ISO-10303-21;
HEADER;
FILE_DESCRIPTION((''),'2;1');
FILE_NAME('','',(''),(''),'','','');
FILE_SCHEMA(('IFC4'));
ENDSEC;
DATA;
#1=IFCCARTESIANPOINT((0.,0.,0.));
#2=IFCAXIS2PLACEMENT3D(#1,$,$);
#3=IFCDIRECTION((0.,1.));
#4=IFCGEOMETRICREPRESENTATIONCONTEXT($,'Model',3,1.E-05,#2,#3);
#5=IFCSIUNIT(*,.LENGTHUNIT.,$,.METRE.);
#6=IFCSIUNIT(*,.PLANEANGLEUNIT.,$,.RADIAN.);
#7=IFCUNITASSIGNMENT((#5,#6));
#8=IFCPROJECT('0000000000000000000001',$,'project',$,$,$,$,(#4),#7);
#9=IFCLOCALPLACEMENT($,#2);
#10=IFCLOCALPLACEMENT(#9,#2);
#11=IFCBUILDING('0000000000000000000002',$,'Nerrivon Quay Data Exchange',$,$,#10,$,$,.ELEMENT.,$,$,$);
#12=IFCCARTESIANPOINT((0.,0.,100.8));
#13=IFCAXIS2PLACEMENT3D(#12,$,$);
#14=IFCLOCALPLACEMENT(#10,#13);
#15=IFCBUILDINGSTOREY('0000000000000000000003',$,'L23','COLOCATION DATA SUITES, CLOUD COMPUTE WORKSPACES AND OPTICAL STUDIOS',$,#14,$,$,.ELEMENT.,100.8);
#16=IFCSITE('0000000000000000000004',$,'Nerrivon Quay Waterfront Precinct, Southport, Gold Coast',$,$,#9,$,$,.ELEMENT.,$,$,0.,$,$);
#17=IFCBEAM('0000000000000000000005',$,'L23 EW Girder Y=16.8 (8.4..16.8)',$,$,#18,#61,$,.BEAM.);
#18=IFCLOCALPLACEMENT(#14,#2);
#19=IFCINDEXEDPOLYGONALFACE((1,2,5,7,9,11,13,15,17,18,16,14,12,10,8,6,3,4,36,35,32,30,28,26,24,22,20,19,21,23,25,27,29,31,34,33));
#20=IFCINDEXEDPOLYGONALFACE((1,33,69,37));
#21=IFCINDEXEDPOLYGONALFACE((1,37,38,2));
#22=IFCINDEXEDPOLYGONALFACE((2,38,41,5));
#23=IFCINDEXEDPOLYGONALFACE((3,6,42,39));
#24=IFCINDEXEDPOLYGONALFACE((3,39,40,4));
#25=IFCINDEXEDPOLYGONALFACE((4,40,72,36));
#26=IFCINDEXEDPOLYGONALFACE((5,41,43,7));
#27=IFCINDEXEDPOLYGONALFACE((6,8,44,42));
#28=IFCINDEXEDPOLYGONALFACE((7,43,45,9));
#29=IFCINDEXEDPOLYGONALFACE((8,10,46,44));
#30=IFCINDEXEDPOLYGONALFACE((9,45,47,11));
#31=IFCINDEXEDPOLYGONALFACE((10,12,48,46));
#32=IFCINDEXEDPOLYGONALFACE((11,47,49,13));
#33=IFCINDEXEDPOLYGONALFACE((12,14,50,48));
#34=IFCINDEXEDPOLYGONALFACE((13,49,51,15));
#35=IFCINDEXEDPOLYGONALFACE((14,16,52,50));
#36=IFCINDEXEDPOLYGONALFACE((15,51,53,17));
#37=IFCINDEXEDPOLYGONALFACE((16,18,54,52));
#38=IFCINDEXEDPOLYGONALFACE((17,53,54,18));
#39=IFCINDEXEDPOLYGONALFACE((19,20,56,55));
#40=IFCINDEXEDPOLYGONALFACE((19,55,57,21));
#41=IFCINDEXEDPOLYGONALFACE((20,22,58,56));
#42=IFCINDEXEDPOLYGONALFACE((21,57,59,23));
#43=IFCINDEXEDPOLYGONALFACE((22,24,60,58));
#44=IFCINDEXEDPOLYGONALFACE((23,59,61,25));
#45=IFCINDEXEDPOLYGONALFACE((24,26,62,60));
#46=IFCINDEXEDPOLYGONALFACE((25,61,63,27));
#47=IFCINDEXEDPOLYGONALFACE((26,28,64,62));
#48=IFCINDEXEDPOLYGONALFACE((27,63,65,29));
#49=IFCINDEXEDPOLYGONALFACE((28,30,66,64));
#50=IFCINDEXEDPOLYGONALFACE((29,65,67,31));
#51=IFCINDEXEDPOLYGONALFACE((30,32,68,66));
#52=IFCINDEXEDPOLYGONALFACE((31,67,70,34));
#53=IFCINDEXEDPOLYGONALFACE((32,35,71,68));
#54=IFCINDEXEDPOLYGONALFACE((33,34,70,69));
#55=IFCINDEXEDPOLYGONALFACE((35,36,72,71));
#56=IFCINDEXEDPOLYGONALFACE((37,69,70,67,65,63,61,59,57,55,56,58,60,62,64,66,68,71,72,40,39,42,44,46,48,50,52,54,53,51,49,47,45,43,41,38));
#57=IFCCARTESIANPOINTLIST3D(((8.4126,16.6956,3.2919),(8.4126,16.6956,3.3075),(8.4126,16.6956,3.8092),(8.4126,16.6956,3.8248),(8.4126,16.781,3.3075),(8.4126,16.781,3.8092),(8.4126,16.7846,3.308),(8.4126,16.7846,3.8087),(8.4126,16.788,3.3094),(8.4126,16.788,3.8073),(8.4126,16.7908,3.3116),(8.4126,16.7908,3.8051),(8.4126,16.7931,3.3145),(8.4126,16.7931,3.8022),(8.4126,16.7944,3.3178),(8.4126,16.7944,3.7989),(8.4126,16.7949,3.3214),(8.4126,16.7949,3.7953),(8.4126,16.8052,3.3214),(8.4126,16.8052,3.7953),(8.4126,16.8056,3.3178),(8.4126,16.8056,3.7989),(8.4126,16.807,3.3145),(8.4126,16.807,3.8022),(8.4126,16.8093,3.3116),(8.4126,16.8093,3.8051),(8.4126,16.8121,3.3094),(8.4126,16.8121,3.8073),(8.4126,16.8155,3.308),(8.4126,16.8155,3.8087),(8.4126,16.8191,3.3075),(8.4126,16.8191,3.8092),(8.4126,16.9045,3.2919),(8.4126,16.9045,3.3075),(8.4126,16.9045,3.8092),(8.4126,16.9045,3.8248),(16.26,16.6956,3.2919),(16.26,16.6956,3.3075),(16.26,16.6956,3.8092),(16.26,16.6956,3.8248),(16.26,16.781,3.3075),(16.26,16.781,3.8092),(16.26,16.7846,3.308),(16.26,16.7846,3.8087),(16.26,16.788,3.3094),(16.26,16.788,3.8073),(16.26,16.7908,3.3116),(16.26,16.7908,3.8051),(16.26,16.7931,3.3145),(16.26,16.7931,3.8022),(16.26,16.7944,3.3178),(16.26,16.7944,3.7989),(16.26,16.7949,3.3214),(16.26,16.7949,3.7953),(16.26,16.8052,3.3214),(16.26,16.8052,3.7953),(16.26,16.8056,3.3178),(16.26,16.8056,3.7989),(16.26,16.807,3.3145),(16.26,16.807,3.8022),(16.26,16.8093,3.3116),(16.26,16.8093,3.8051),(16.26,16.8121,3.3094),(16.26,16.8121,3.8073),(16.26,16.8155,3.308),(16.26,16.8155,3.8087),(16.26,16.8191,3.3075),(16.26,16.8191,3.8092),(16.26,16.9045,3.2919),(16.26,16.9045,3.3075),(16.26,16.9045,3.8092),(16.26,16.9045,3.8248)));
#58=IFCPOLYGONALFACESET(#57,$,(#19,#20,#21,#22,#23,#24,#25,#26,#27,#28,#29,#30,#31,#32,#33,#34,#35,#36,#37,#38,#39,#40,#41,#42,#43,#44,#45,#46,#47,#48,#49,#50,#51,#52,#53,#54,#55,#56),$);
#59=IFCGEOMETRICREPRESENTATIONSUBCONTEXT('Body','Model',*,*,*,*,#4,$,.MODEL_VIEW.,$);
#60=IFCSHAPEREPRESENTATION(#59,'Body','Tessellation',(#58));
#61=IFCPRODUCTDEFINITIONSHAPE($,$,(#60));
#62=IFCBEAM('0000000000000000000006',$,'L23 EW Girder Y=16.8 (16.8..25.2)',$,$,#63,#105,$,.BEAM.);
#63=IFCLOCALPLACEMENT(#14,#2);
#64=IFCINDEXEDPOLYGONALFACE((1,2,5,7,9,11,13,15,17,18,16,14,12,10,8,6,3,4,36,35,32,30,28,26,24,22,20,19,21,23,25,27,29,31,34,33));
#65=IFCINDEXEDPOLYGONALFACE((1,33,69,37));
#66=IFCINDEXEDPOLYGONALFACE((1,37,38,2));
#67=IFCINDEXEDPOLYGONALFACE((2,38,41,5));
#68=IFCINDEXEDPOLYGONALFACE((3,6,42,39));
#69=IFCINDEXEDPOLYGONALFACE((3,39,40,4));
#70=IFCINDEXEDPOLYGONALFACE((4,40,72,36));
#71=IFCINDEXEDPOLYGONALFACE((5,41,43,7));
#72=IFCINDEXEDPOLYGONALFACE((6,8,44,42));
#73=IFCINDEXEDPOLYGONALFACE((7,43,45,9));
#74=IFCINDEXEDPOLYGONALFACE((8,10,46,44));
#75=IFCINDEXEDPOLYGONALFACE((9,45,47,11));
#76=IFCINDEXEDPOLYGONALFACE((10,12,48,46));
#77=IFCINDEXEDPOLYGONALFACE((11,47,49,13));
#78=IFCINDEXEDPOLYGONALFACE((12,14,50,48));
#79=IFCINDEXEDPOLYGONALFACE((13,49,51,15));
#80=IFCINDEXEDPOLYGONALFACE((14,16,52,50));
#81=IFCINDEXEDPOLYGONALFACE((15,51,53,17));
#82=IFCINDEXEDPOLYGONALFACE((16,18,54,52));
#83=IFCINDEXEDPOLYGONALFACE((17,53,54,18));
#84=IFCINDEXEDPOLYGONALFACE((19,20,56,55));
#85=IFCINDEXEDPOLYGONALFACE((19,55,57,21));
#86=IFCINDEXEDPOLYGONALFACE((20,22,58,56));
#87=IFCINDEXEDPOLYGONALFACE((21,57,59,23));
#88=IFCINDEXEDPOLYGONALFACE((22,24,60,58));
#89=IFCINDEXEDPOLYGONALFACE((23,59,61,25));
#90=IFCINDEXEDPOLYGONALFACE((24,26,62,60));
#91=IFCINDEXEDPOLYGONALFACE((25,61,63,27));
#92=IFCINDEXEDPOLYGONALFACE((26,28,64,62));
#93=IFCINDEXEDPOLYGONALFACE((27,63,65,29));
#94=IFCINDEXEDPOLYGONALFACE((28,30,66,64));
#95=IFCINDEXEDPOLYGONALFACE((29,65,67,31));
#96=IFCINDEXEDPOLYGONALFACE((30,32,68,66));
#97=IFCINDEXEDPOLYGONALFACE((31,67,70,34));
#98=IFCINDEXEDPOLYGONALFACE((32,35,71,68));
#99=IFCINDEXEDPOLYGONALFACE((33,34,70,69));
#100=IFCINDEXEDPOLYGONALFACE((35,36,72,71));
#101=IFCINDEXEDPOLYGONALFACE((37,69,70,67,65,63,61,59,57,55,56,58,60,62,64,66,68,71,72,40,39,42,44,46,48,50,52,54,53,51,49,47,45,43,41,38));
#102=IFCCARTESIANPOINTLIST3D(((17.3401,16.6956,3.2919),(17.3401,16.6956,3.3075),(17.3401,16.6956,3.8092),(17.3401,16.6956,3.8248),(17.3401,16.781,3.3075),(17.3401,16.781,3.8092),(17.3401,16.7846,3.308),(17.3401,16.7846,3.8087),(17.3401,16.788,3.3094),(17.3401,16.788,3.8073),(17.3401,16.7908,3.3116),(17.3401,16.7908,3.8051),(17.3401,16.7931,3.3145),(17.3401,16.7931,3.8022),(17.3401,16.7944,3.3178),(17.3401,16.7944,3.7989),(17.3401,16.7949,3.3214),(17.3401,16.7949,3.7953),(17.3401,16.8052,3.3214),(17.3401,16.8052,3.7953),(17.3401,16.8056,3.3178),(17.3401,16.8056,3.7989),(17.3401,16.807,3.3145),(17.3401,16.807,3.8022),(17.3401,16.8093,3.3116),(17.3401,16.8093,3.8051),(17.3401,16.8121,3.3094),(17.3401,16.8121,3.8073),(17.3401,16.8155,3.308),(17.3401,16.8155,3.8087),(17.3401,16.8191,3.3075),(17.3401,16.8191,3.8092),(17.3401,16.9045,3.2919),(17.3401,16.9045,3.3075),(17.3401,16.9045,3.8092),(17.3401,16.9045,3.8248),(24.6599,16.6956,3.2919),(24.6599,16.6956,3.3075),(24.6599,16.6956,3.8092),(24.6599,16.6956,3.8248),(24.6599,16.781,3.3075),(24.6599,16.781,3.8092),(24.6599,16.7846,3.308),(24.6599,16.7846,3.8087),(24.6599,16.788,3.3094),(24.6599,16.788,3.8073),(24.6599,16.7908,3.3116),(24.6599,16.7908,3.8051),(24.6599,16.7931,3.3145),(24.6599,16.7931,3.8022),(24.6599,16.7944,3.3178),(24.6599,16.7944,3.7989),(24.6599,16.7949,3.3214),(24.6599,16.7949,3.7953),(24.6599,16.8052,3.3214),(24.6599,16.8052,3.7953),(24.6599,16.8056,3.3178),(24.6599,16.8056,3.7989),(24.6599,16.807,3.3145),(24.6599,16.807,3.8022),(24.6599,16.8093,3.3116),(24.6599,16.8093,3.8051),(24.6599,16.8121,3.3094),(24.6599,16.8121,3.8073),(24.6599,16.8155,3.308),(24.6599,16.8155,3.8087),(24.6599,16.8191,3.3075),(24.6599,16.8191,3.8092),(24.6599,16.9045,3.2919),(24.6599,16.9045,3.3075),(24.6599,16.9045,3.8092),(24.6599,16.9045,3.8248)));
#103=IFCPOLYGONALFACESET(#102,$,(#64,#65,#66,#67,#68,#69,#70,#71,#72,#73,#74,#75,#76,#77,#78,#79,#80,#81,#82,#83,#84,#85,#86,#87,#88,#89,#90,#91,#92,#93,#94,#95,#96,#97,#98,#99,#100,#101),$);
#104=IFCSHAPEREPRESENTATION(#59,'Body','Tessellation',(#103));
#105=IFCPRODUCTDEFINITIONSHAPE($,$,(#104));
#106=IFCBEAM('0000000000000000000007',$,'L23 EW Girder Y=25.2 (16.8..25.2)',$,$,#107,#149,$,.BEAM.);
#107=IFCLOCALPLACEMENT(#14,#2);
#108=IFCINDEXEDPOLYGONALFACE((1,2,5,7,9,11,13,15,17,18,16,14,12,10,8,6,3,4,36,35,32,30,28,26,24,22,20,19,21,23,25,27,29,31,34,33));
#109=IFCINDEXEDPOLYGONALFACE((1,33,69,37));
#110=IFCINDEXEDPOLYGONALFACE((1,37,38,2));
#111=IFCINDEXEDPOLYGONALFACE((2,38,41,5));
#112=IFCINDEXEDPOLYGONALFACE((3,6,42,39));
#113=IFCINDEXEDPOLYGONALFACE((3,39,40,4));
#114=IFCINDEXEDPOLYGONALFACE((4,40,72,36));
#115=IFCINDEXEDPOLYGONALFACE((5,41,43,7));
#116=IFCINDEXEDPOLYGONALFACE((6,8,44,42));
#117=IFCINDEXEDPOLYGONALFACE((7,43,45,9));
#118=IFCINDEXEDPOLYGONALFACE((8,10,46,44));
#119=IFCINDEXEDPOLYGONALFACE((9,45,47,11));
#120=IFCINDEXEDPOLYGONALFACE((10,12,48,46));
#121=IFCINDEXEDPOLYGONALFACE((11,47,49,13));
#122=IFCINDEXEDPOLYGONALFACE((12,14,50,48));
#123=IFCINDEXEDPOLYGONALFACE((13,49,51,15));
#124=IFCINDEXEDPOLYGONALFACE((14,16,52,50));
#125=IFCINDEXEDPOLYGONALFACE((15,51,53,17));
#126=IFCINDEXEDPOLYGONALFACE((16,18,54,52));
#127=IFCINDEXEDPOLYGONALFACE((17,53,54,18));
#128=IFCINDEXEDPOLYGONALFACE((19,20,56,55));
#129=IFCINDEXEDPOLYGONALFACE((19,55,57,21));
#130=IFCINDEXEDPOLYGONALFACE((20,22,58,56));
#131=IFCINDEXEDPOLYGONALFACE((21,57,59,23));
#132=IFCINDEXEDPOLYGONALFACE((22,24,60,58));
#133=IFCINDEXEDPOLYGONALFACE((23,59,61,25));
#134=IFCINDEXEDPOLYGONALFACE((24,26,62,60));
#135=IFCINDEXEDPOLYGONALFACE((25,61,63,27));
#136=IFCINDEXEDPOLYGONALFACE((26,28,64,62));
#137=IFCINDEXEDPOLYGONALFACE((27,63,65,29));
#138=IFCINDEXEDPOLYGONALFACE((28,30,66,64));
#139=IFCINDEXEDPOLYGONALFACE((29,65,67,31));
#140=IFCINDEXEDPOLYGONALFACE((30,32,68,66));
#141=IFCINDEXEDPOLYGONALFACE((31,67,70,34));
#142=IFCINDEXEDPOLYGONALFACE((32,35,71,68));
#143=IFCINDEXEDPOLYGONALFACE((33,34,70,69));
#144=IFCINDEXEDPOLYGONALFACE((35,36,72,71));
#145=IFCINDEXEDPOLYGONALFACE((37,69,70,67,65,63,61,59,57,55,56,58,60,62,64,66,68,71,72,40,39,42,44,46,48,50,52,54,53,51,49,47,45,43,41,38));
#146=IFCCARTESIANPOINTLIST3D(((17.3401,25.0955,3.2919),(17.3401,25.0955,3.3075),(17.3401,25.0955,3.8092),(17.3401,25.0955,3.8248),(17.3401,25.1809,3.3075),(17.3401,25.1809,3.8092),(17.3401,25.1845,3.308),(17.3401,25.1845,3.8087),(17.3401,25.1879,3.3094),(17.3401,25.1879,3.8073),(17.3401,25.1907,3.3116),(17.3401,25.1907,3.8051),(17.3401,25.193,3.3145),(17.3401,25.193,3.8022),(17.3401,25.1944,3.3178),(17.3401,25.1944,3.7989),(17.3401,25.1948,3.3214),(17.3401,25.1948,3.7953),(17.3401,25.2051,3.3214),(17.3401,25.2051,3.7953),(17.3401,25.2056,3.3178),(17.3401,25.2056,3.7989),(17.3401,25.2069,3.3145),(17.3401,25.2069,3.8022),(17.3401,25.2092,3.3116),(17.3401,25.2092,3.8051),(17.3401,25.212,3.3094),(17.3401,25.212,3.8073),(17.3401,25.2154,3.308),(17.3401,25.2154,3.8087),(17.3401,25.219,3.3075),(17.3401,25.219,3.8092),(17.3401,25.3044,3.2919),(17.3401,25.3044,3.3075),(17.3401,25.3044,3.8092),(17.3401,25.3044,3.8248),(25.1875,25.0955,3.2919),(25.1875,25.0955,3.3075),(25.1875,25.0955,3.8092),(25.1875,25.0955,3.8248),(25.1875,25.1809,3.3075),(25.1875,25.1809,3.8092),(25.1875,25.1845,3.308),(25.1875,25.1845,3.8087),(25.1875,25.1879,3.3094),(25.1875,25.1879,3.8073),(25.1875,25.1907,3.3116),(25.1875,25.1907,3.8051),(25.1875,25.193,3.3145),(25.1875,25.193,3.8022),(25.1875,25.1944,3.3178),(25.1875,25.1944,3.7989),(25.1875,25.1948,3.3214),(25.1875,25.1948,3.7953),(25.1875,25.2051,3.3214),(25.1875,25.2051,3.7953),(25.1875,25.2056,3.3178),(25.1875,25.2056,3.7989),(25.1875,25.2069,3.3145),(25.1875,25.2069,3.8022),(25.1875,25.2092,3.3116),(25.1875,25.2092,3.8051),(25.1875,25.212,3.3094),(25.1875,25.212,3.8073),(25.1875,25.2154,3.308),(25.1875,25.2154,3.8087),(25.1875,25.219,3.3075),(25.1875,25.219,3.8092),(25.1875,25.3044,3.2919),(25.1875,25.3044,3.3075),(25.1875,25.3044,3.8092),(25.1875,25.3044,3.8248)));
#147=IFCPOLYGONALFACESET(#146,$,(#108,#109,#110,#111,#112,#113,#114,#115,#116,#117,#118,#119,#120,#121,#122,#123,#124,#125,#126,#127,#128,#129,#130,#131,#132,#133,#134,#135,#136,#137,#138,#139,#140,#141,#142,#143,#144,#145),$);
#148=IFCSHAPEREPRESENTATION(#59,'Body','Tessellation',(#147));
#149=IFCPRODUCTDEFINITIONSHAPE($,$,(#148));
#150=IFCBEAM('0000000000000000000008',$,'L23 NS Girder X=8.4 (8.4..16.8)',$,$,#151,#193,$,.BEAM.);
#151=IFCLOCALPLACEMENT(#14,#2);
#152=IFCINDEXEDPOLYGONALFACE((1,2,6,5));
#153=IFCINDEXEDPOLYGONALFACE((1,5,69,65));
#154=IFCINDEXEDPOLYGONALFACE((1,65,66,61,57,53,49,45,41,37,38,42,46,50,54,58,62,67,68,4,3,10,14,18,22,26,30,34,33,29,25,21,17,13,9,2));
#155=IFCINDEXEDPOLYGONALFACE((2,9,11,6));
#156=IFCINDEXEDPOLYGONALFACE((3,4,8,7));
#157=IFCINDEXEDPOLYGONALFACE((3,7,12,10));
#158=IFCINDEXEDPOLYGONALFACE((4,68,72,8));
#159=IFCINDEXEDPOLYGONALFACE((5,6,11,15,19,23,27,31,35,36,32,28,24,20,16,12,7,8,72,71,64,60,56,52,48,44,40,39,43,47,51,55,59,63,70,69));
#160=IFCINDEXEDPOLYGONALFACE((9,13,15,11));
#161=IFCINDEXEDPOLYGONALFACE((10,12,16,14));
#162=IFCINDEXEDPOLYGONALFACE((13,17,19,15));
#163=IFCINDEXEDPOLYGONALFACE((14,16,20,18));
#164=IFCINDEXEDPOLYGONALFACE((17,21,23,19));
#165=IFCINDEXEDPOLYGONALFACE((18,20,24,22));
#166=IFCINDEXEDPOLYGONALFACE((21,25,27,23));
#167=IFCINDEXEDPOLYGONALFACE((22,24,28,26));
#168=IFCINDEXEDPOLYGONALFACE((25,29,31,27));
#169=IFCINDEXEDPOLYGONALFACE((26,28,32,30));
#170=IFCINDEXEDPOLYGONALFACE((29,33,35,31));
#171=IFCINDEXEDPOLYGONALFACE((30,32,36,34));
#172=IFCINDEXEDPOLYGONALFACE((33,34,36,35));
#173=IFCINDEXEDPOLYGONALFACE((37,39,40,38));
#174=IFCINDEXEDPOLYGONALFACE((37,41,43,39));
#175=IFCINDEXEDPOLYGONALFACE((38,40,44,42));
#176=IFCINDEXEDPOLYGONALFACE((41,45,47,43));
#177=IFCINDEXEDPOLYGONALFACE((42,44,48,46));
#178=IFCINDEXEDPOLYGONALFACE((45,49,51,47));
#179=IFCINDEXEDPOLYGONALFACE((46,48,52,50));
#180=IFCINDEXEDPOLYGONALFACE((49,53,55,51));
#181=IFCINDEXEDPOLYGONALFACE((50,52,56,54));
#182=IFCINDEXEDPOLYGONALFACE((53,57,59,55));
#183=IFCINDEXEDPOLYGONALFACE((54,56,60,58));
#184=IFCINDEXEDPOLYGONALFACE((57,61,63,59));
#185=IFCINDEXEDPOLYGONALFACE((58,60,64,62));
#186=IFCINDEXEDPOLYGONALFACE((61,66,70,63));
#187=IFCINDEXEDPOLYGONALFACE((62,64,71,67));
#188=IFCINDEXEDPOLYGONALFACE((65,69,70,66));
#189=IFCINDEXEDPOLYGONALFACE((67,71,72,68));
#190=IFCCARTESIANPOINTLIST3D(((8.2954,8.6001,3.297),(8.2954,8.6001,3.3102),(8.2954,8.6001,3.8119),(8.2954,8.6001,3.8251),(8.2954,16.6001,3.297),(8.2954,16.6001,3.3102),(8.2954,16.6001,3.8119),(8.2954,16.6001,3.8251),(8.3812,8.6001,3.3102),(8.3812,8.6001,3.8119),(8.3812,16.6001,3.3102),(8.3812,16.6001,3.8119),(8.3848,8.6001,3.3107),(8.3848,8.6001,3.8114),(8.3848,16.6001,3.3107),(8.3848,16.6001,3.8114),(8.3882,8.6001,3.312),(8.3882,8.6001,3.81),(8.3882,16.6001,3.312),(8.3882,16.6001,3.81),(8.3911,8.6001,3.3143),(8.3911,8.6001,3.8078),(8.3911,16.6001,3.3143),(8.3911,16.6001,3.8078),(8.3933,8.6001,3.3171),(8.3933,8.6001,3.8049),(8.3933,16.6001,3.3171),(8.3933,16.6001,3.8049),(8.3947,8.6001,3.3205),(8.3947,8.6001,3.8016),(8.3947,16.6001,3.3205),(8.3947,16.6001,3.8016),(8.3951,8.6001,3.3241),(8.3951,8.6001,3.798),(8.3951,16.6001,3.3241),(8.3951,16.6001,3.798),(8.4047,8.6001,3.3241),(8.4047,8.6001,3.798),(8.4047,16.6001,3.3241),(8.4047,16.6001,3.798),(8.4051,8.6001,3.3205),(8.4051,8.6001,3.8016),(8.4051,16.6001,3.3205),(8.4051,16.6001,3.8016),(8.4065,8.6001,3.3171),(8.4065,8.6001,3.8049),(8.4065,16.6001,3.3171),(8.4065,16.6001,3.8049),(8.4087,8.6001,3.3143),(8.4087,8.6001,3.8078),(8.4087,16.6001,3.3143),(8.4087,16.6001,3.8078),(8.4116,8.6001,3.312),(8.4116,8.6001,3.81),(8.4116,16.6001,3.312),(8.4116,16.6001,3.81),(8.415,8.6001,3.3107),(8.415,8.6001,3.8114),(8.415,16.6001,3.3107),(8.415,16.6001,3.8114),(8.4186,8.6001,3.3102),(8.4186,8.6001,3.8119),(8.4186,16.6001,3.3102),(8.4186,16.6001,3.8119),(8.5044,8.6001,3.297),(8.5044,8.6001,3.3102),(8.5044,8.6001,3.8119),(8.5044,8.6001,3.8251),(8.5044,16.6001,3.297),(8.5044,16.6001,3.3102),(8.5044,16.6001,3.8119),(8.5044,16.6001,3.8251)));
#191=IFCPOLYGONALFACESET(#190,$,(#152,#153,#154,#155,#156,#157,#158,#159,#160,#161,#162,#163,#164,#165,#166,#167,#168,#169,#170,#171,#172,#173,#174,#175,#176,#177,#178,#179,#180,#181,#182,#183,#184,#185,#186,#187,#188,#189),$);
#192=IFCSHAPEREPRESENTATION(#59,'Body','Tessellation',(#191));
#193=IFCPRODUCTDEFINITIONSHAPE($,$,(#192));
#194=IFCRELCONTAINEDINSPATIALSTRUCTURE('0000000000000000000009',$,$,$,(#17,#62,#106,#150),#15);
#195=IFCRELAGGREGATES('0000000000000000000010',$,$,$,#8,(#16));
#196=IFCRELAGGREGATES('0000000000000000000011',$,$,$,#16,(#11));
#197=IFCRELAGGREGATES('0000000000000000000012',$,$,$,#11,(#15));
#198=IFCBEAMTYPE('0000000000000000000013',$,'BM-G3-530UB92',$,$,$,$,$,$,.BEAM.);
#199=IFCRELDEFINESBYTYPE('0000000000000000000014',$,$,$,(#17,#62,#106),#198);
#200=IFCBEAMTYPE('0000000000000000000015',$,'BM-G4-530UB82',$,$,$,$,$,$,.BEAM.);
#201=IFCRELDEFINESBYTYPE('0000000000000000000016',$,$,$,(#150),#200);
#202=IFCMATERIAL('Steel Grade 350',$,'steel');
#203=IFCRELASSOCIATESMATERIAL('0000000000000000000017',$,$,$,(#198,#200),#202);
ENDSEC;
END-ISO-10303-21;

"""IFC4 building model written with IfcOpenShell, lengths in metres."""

from ifc_helpers import new_model, si_unit, direction, frame, origin, origin_2d, place, context, subcontext, project, spatial, i_section, extrude, material, material_profile, profile_set, type_object, element, save


model = new_model("IFC4")

# Units and contexts
model_context = context("Model", 3, precision=1e-05, world=origin(), true_north=direction((0.0, 1.0)))
body_context = subcontext(model_context, "Body", "Model", "MODEL_VIEW")
ifc_project = project(units=[si_unit("LENGTHUNIT", "METRE"), si_unit("PLANEANGLEUNIT", "RADIAN")], contexts=[model_context])

# Site, building, storey
site_placement = place(None, origin())
site = spatial("IfcSite", under=ifc_project, at=site_placement, Name="Nerrivon Quay Waterfront Precinct, Southport, Gold Coast", CompositionType="ELEMENT", RefElevation=0.0)
building_placement = place(site_placement, origin())
building = spatial("IfcBuilding", under=site, at=building_placement, Name="Nerrivon Quay Data Exchange", CompositionType="ELEMENT")
storey_placement = place(building_placement, frame((0.0, 0.0, 100.8)))
storey = spatial("IfcBuildingStorey", under=building, at=storey_placement, Name="L23", Description="COLOCATION DATA SUITES, CLOUD COMPUTE WORKSPACES AND OPTICAL STUDIOS", CompositionType="ELEMENT", Elevation=100.8)

# Shared definitions
ifc_material_1 = material(Name="Steel Grade 350", Category="steel")

# Beams
ifc_material_profile_1 = material_profile(ifc_material_1, i_section(OverallWidth=0.209, OverallDepth=0.533, WebThickness=0.0103, FlangeThickness=0.0156, FilletRadius=0.0139, at=origin_2d()), Name="530UB92.4")
ifc_profile_set_1 = profile_set([ifc_material_profile_1], Name="Steel Grade 350")
beam_type_1 = type_object("IfcBeamType", Name="BM-G3-530UB92", PredefinedType="BEAM", material=ifc_profile_set_1)
beam_1_placement = place(storey_placement, frame((8.4126, 16.8, 3.5583), z_axis=(1.0, 0.0, 0.0), x_axis=(0.0, 1.0, 0.0)))
element("IfcBeam", 1, at=beam_1_placement, inside=storey, type_object=beam_type_1, Name="L23 EW Girder Y=16.8 (8.4..16.8)", PredefinedType="BEAM", context=body_context, shape_type="SweptSolid", body=[
    extrude(i_section(OverallWidth=0.209, OverallDepth=0.533, WebThickness=0.0103, FlangeThickness=0.0156, FilletRadius=0.0139, at=origin_2d()), origin(), (0.0, 0.0, 1.0), 7.8474),
])
beam_2_placement = place(storey_placement, frame((17.3401, 16.8, 3.5583), z_axis=(1.0, 0.0, 0.0), x_axis=(0.0, 1.0, 0.0)))
element("IfcBeam", 2, at=beam_2_placement, inside=storey, type_object=beam_type_1, Name="L23 EW Girder Y=16.8 (16.8..25.2)", PredefinedType="BEAM", context=body_context, shape_type="SweptSolid", body=[
    extrude(i_section(OverallWidth=0.209, OverallDepth=0.533, WebThickness=0.0103, FlangeThickness=0.0156, FilletRadius=0.0139, at=origin_2d()), origin(), (0.0, 0.0, 1.0), 7.3198),
])
beam_3_placement = place(storey_placement, frame((17.3401, 25.2, 3.5583), z_axis=(1.0, 0.0, 0.0), x_axis=(0.0, 1.0, 0.0)))
element("IfcBeam", 3, at=beam_3_placement, inside=storey, type_object=beam_type_1, Name="L23 EW Girder Y=25.2 (16.8..25.2)", PredefinedType="BEAM", context=body_context, shape_type="SweptSolid", body=[
    extrude(i_section(OverallWidth=0.209, OverallDepth=0.533, WebThickness=0.0103, FlangeThickness=0.0156, FilletRadius=0.0139, at=origin_2d()), origin(), (0.0, 0.0, 1.0), 7.8474),
])
ifc_material_profile_2 = material_profile(ifc_material_1, i_section(OverallWidth=0.209, OverallDepth=0.5281, WebThickness=0.0095, FlangeThickness=0.0132, FilletRadius=0.0139, at=origin_2d()), Name="530UB82.0")
ifc_profile_set_2 = profile_set([ifc_material_profile_2], Name="Steel Grade 350")
beam_type_2 = type_object("IfcBeamType", Name="BM-G4-530UB82", PredefinedType="BEAM", material=ifc_profile_set_2)
beam_4_placement = place(storey_placement, frame((8.3999, 8.6001, 3.561), z_axis=(0.0, 1.0, 0.0), x_axis=(-1.0, 0.0, 0.0)))
element("IfcBeam", 4, at=beam_4_placement, inside=storey, type_object=beam_type_2, Name="L23 NS Girder X=8.4 (8.4..16.8)", PredefinedType="BEAM", context=body_context, shape_type="SweptSolid", body=[
    extrude(i_section(OverallWidth=0.209, OverallDepth=0.5281, WebThickness=0.0095, FlangeThickness=0.0132, FilletRadius=0.0139, at=origin_2d()), origin(), (0.0, 0.0, 1.0), 8.0),
])

save(model, "model.ifc")
